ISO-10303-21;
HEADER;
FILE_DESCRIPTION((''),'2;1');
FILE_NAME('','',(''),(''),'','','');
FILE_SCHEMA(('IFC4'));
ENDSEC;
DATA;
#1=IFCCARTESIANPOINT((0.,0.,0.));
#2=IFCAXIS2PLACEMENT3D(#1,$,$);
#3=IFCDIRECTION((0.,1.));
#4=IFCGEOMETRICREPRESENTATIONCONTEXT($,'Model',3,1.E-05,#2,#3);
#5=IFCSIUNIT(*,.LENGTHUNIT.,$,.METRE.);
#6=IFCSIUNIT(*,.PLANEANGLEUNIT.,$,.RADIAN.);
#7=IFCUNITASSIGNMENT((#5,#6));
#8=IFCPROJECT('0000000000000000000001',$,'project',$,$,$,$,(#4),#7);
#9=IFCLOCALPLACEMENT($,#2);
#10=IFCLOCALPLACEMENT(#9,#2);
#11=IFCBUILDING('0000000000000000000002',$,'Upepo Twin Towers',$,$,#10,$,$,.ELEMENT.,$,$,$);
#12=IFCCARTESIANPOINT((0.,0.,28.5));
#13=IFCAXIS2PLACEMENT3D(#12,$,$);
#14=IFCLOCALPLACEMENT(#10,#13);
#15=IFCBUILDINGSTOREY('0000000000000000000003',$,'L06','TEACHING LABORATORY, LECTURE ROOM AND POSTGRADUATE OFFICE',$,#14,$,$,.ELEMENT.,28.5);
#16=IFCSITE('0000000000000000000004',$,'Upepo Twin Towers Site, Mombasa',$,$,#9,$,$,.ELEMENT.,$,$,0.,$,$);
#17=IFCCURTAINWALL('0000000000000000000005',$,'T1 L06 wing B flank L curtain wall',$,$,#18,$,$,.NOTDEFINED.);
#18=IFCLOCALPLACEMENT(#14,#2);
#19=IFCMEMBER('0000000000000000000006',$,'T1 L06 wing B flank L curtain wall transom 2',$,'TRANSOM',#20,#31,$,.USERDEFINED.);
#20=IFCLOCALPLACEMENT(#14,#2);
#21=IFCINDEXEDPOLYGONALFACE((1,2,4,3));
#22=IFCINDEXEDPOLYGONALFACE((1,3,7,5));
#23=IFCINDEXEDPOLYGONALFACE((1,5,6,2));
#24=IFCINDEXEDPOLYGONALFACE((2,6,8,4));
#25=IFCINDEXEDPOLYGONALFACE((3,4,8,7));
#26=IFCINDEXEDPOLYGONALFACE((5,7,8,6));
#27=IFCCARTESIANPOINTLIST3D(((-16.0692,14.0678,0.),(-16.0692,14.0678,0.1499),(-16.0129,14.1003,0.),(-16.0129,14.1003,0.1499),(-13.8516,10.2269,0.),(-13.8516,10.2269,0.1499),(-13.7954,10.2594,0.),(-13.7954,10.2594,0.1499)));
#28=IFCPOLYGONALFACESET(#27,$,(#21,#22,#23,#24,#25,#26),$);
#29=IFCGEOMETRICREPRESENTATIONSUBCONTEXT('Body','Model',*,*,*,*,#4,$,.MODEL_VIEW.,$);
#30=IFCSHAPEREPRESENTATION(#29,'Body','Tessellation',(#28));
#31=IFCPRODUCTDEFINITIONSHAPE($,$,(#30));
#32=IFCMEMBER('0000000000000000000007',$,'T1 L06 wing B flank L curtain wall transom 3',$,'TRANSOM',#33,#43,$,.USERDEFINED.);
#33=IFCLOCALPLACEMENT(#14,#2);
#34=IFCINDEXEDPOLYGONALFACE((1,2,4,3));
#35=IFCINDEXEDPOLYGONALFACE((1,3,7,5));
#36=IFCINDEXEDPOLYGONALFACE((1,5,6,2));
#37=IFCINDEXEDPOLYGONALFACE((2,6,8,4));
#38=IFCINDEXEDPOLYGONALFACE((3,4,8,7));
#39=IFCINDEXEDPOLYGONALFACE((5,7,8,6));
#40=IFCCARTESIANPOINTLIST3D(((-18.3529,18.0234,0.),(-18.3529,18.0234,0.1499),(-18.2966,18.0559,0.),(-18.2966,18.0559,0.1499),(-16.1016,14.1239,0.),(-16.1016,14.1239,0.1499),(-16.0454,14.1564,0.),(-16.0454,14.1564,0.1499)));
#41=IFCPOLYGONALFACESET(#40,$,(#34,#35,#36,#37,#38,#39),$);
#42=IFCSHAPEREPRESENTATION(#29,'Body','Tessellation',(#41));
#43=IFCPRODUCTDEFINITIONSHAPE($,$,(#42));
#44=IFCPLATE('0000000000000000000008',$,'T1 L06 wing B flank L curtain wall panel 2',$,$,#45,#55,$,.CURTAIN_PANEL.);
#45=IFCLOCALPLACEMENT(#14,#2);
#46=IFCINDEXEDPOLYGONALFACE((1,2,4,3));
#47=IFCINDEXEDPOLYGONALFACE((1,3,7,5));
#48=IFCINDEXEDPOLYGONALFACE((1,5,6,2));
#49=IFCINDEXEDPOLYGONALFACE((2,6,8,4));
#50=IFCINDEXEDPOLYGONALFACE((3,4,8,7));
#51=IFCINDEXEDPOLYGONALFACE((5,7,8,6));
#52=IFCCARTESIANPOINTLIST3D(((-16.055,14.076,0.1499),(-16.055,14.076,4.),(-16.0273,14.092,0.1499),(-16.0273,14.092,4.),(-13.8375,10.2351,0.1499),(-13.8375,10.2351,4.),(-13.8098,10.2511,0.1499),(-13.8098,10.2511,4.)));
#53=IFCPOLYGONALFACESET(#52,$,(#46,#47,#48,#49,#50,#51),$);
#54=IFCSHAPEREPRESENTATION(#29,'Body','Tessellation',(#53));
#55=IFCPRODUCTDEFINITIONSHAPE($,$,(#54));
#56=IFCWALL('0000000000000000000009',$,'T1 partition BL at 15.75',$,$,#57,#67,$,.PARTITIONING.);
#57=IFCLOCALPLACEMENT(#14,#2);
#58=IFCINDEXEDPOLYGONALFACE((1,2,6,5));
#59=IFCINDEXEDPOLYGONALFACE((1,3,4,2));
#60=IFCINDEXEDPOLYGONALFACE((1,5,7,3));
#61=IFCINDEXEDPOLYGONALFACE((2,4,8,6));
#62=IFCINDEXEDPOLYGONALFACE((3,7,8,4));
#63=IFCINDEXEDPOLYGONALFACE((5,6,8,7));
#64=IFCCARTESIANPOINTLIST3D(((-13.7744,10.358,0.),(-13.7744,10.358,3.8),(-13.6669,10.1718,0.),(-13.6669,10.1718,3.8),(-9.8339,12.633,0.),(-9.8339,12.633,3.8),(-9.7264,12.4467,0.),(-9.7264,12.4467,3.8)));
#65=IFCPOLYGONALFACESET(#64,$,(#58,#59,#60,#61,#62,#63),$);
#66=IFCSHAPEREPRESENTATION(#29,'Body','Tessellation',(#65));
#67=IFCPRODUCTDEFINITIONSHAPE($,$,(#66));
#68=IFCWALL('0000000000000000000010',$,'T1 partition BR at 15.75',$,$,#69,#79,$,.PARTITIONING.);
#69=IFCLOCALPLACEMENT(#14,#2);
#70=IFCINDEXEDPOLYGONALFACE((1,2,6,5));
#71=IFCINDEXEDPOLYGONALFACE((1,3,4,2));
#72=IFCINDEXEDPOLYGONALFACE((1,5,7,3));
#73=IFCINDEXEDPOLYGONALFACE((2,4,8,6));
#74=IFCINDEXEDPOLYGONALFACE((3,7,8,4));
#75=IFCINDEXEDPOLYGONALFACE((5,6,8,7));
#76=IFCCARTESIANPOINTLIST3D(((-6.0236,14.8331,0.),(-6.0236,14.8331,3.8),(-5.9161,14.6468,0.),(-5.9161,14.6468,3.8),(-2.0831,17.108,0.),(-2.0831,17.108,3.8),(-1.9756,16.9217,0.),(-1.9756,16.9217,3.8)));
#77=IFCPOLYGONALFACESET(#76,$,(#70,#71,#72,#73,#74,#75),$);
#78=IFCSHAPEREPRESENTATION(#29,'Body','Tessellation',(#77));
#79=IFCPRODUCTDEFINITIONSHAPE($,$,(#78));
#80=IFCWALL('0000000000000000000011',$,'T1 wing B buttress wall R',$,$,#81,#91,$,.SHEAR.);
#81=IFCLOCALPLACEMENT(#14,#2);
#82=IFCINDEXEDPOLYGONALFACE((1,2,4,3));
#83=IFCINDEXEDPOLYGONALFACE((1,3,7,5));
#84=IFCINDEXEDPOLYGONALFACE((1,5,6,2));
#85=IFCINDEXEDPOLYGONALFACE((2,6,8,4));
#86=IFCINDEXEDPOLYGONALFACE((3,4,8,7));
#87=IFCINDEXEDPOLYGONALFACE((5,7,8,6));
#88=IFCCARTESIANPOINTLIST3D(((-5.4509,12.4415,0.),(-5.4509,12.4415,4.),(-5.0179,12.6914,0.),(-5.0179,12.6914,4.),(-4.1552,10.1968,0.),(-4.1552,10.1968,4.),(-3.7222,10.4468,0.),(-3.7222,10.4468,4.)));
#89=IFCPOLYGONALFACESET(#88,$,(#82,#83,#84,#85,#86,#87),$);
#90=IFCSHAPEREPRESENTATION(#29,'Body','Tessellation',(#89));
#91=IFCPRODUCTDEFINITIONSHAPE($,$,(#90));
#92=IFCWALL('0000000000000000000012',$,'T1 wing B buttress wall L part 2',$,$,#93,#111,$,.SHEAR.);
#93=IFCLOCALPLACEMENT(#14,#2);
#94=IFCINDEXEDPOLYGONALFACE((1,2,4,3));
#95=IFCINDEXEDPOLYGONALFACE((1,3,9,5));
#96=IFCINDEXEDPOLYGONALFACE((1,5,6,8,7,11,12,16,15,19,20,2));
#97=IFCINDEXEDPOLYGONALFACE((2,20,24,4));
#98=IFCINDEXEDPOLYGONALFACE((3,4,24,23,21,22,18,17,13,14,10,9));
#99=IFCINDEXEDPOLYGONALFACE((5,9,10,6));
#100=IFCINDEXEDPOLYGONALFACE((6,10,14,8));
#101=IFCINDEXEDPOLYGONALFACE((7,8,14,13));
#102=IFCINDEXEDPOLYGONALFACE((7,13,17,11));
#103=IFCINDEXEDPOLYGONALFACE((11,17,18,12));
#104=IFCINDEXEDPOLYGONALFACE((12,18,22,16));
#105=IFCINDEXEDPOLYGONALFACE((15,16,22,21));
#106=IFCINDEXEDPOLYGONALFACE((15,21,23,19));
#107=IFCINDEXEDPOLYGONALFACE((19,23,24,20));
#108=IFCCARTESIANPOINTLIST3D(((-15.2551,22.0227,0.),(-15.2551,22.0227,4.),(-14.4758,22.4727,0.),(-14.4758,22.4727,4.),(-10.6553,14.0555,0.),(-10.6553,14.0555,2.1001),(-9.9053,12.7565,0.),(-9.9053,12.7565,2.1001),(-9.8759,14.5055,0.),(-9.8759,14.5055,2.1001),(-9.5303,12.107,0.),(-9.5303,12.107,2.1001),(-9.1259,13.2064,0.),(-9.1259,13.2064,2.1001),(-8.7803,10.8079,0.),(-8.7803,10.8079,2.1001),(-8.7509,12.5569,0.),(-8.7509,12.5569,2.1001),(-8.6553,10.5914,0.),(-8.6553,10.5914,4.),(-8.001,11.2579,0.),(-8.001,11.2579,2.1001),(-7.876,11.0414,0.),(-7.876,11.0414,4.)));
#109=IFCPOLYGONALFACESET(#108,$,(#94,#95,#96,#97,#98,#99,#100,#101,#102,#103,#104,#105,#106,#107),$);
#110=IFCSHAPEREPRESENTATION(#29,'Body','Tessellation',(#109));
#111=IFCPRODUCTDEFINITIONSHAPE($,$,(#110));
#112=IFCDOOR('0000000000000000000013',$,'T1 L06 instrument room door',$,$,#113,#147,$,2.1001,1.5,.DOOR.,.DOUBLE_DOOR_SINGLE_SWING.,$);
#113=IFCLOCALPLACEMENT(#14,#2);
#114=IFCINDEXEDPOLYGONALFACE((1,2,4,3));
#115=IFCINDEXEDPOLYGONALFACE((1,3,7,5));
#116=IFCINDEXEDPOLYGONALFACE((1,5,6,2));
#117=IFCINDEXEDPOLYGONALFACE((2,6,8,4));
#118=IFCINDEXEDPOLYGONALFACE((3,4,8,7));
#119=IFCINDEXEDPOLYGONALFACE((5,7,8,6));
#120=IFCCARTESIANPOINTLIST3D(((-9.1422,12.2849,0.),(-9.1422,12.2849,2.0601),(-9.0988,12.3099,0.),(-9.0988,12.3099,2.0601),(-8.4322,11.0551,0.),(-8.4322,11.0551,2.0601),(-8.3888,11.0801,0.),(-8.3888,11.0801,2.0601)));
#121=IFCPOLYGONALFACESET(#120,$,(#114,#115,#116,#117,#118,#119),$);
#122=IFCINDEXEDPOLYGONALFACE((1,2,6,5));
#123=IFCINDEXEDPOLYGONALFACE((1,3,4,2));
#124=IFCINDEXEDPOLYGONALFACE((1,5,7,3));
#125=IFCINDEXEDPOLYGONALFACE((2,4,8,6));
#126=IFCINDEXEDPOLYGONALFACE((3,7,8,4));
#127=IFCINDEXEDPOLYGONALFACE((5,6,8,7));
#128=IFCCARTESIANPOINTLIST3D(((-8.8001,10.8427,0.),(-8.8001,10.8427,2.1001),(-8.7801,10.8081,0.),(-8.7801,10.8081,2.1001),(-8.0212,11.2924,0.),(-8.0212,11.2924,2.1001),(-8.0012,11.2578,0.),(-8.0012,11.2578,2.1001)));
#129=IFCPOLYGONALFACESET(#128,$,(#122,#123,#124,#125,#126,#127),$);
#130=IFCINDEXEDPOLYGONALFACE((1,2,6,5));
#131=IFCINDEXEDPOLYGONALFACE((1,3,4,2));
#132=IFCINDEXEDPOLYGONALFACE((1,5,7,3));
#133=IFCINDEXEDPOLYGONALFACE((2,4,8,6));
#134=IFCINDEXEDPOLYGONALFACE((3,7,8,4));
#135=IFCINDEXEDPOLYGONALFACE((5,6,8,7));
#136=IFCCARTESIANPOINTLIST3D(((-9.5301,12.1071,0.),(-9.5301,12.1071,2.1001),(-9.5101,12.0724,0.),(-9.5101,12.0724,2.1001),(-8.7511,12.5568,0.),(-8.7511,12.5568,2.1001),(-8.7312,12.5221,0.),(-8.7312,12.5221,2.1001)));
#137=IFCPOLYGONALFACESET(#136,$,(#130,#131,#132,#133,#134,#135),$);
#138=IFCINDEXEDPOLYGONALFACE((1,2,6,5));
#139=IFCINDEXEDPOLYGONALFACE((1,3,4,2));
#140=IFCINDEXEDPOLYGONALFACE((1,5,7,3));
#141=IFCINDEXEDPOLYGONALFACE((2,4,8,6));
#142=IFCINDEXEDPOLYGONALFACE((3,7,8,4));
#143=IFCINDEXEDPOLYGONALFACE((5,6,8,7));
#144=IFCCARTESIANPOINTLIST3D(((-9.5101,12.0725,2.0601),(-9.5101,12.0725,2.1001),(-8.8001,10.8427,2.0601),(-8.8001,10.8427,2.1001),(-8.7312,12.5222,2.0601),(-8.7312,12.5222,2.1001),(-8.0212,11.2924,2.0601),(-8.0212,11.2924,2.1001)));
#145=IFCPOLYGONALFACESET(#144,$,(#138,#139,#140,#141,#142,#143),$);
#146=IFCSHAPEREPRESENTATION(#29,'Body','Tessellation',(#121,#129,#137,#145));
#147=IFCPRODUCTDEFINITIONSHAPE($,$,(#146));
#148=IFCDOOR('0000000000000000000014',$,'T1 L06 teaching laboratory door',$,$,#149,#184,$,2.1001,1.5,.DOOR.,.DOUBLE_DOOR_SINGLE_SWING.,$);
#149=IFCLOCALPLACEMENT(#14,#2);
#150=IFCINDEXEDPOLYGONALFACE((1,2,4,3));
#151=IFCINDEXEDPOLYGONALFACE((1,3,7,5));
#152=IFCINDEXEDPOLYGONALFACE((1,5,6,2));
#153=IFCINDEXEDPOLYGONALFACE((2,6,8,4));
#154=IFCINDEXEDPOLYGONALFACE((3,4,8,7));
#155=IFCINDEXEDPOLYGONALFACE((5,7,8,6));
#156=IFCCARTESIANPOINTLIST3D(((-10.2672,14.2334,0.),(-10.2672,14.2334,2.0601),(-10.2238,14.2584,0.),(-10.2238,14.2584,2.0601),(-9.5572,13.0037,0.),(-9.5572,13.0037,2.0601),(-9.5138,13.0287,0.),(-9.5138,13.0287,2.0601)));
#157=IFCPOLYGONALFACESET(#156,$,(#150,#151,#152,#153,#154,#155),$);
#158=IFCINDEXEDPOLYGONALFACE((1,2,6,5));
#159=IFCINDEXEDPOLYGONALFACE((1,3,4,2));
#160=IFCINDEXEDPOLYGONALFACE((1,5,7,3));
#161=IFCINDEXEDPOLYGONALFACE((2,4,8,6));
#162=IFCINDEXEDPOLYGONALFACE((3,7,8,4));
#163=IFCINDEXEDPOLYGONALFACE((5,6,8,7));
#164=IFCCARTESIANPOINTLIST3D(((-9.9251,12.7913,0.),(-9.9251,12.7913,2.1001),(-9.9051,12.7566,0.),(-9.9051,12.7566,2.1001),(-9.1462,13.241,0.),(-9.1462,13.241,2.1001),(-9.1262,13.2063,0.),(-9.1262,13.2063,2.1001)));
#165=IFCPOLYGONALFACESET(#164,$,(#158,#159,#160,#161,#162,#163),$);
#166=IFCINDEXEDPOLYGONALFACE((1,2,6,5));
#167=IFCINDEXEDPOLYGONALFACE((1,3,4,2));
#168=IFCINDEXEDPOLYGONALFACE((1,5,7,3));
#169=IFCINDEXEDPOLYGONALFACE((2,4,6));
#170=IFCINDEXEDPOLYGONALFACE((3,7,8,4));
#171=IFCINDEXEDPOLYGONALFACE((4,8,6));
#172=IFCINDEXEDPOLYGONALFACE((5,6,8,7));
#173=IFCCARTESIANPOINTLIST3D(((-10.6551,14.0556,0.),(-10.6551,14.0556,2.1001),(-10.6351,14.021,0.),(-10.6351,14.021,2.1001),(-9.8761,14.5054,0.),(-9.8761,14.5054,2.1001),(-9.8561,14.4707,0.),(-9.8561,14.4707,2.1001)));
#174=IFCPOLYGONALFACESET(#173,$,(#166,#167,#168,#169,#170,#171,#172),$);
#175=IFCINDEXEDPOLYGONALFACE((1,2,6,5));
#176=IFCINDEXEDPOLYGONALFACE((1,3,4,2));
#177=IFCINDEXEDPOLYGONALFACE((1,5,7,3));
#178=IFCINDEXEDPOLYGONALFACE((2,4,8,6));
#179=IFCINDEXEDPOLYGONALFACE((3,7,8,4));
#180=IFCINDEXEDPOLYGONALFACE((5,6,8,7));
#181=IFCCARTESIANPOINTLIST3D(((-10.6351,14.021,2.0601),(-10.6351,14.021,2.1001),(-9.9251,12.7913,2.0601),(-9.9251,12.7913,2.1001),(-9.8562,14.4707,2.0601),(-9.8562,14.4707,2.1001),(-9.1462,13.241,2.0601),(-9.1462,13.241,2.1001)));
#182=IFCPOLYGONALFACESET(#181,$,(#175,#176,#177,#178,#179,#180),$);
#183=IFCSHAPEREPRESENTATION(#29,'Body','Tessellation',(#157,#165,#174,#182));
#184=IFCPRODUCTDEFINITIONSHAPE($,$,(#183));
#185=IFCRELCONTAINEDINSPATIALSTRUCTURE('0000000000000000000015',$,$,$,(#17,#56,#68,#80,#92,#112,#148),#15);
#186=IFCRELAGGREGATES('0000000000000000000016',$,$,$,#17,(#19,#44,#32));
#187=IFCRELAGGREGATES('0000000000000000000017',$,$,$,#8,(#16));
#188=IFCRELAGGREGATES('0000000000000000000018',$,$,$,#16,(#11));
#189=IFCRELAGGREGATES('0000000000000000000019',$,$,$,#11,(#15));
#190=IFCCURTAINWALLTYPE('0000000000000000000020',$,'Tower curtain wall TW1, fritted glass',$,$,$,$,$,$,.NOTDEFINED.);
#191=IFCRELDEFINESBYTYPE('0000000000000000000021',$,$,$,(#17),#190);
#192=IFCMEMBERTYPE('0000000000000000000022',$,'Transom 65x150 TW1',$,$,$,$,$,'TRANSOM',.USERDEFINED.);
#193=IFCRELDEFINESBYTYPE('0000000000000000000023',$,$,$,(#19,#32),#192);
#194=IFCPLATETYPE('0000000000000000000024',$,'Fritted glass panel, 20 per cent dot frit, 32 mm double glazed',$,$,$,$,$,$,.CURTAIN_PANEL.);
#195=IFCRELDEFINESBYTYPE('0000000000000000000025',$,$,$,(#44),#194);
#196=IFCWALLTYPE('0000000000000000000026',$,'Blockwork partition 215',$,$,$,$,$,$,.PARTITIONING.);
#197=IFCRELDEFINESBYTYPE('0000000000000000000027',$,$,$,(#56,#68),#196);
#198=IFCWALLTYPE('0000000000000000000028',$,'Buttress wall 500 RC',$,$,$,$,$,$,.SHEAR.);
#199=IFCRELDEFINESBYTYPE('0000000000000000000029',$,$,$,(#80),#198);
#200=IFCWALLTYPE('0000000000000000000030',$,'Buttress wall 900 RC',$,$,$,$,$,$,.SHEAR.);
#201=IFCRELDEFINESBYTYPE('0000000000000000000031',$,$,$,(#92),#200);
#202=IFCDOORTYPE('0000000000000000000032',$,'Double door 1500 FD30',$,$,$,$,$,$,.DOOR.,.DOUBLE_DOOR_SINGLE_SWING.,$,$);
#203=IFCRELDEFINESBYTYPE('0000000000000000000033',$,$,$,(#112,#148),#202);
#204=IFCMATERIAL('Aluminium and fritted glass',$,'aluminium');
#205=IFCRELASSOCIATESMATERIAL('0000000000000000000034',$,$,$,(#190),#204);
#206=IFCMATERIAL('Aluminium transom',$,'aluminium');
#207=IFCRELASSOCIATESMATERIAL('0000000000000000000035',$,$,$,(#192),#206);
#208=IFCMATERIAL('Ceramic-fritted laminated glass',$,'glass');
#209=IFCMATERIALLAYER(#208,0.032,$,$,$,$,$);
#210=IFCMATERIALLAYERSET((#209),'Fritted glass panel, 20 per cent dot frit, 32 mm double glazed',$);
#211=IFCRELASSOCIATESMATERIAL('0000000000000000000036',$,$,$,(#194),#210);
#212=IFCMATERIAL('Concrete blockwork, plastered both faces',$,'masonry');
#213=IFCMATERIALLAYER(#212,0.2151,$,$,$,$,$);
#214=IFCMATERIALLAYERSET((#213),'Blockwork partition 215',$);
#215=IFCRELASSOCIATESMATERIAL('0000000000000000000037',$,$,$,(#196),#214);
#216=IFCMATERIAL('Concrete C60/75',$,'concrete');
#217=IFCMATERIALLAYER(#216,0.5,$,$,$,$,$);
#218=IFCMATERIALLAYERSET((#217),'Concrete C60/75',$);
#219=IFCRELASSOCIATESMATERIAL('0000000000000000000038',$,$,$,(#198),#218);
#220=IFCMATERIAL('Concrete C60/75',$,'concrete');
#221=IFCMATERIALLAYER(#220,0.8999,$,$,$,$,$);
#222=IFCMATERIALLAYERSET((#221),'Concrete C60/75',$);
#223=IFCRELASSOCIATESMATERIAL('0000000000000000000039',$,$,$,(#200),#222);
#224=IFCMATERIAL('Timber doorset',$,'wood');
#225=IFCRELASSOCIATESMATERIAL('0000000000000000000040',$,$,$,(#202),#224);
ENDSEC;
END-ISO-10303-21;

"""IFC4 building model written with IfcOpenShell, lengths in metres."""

from ifc_helpers import new_model, si_unit, direction, frame, frame_2d, origin, origin_2d, place, context, subcontext, project, spatial, rectangle, extrude, material, layer, layer_set, material_profile, profile_set, type_object, element, fill, aggregate, save


model = new_model("IFC4")

# Units and contexts
model_context = context("Model", 3, precision=1e-05, world=origin(), true_north=direction((0.0, 1.0)))
body_context = subcontext(model_context, "Body", "Model", "MODEL_VIEW")
ifc_project = project(units=[si_unit("LENGTHUNIT", "METRE"), si_unit("PLANEANGLEUNIT", "RADIAN")], contexts=[model_context])

# Site, building, storey
site_placement = place(None, origin())
site = spatial("IfcSite", under=ifc_project, at=site_placement, Name="Upepo Twin Towers Site, Mombasa", CompositionType="ELEMENT", RefElevation=0.0)
building_placement = place(site_placement, origin())
building = spatial("IfcBuilding", under=site, at=building_placement, Name="Upepo Twin Towers", CompositionType="ELEMENT")
storey_placement = place(building_placement, frame((0.0, 0.0, 28.5)))
storey = spatial("IfcBuildingStorey", under=building, at=storey_placement, Name="L06", Description="TEACHING LABORATORY, LECTURE ROOM AND POSTGRADUATE OFFICE", CompositionType="ELEMENT", Elevation=28.5)

# Curtain wall, members, plate
ifc_material_1 = material(Name="Aluminium and fritted glass", Category="aluminium")
curtain_wall_type = type_object("IfcCurtainWallType", Name="Tower curtain wall TW1, fritted glass", PredefinedType="NOTDEFINED", material=ifc_material_1)
curtain_wall_placement = place(storey_placement, origin())
curtain_wall = element("IfcCurtainWall", 1, at=curtain_wall_placement, inside=storey, type_object=curtain_wall_type, Name="T1 L06 wing B flank L curtain wall", PredefinedType="NOTDEFINED")
ifc_material_2 = material(Name="Aluminium transom", Category="aluminium")
ifc_material_profile_1 = material_profile(ifc_material_2, rectangle(XDim=0.0649, YDim=0.1499, at=origin_2d()), Name="TRANSOM 65x150")
ifc_profile_set_1 = profile_set([ifc_material_profile_1], Name="Aluminium transom")
member_type_1 = type_object("IfcMemberType", Name="Transom 65x150 TW1", ElementType="TRANSOM", PredefinedType="USERDEFINED", material=ifc_profile_set_1)
member_1_placement = place(storey_placement, frame((-13.8235, 10.2432, 0.075), z_axis=(-0.500005, 0.866022, 0.0), x_axis=(-0.866022, -0.500005, 0.0)))
member_1 = element("IfcMember", 2, at=member_1_placement, type_object=member_type_1, Name="T1 L06 wing B flank L curtain wall transom 2", ObjectType="TRANSOM", PredefinedType="USERDEFINED", context=body_context, shape_type="SweptSolid", body=[
    extrude(rectangle(XDim=0.0649, YDim=0.1499, at=origin_2d()), origin(), (0.0, 0.0, 1.0), 4.4351),
])
member_2_placement = place(storey_placement, frame((-16.0735, 14.1401, 0.075), z_axis=(-0.499982, 0.866036, 0.0), x_axis=(-0.866036, -0.499982, 0.0)))
member_2 = element("IfcMember", 3, at=member_2_placement, type_object=member_type_1, Name="T1 L06 wing B flank L curtain wall transom 3", ObjectType="TRANSOM", PredefinedType="USERDEFINED", context=body_context, shape_type="SweptSolid", body=[
    extrude(rectangle(XDim=0.0649, YDim=0.1499, at=origin_2d()), origin(), (0.0, 0.0, 1.0), 4.5027),
])
ifc_material_3 = material(Name="Ceramic-fritted laminated glass", Category="glass")
ifc_layer_1 = layer(ifc_material_3, 0.032)
ifc_layer_set_1 = layer_set([ifc_layer_1], Name="Fritted glass panel, 20 per cent dot frit, 32 mm double glazed")
plate_type = type_object("IfcPlateType", Name="Fritted glass panel, 20 per cent dot frit, 32 mm double glazed", PredefinedType="CURTAIN_PANEL", material=ifc_layer_set_1)
plate_placement = place(storey_placement, frame((-14.9324, 12.1636, 0.1499), z_axis=(0.0, 0.0, 1.0), x_axis=(-0.5, 0.866025, 0.0)))
plate = element("IfcPlate", 4, at=plate_placement, type_object=plate_type, Name="T1 L06 wing B flank L curtain wall panel 2", PredefinedType="CURTAIN_PANEL", context=body_context, shape_type="SweptSolid", body=[
    extrude(rectangle(XDim=4.4351, YDim=0.032, at=origin_2d()), origin(), (0.0, 0.0, 1.0), 3.8501),
])
aggregate(curtain_wall, [member_1, plate, member_2])

# Walls
ifc_material_4 = material(Name="Concrete blockwork, plastered both faces", Category="masonry")
ifc_layer_2 = layer(ifc_material_4, 0.2151)
ifc_layer_set_2 = layer_set([ifc_layer_2], Name="Blockwork partition 215")
wall_type_1 = type_object("IfcWallType", Name="Blockwork partition 215", PredefinedType="PARTITIONING", material=ifc_layer_set_2)
for number, where, z_axis, x_axis, name in (
    (5, (-9.7803, 12.5398, 0.0), (0.0, 0.0, 1.0), (-0.866035, -0.499983, 0.0), "T1 partition BL at 15.75"),
    (6, (-5.9697, 14.74, 0.0), (0.0, 0.0, 1.0), (0.866035, 0.499983, 0.0), "T1 partition BR at 15.75"),
):
    element("IfcWall", number, at=place(storey_placement, frame(where, z_axis=z_axis, x_axis=x_axis)), inside=storey, type_object=wall_type_1, Name=name, PredefinedType="PARTITIONING", context=body_context, shape_type="SweptSolid", body=[
        extrude(rectangle(XDim=4.55, YDim=0.2151, at=frame_2d((2.2749, 0.0))), origin(), (0.0, 0.0, 1.0), 3.8),
    ])
ifc_material_5 = material(Name="Concrete C60/75", Category="concrete")
ifc_layer_3 = layer(ifc_material_5, 0.5)
ifc_layer_set_3 = layer_set([ifc_layer_3], Name="Concrete C60/75")
wall_type_2 = type_object("IfcWallType", Name="Buttress wall 500 RC", PredefinedType="SHEAR", material=ifc_layer_set_3)
wall_1_placement = place(storey_placement, frame((-3.9387, 10.3218, 0.0), z_axis=(0.0, 0.0, 1.0), x_axis=(-0.499918, 0.866073, 0.0)))
element("IfcWall", 7, at=wall_1_placement, inside=storey, type_object=wall_type_2, Name="T1 wing B buttress wall R", PredefinedType="SHEAR", context=body_context, shape_type="SweptSolid", body=[
    extrude(rectangle(XDim=2.5918, YDim=0.5, at=frame_2d((1.2959, 0.0))), origin(), (0.0, 0.0, 1.0), 4.0),
])

# Wall, openings, doors
ifc_material_6 = material(Name="Concrete C60/75", Category="concrete")
ifc_layer_4 = layer(ifc_material_6, 0.8999)
ifc_layer_set_4 = layer_set([ifc_layer_4], Name="Concrete C60/75")
wall_type_3 = type_object("IfcWallType", Name="Buttress wall 900 RC", PredefinedType="SHEAR", material=ifc_layer_set_4)
wall_2_placement = place(storey_placement, frame((-8.2656, 10.8164, 0.0), z_axis=(0.0, 0.0, 1.0), x_axis=(-0.499996, 0.866028, 0.0)))
wall_2 = element("IfcWall", 8, at=wall_2_placement, inside=storey, type_object=wall_type_3, Name="T1 wing B buttress wall L part 2", PredefinedType="SHEAR", context=body_context, shape_type="SweptSolid", body=[
    extrude(rectangle(XDim=13.1997, YDim=0.8999, at=frame_2d((6.5999, 0.0))), origin(), (0.0, 0.0, 1.0), 4.0),
])
opening_1_placement = place(wall_2_placement, frame((0.25, 0.0, 0.0)))
opening_1 = element("IfcOpeningElement", 9, at=opening_1_placement, cuts=wall_2, PredefinedType="OPENING", context=body_context, shape_type="SweptSolid", body=[
    extrude(rectangle(XDim=1.5, YDim=2.1001, at=frame_2d((0.75, 1.05))), frame((0.0, 0.46, 0.0), z_axis=(0.0, -1.0, 0.0), x_axis=(1.0, 0.0, 0.0)), (0.0, 0.0, 1.0), 0.9199),
])
opening_2_placement = place(wall_2_placement, frame((2.5, 0.0, 0.0)))
opening_2 = element("IfcOpeningElement", 10, at=opening_2_placement, cuts=wall_2, PredefinedType="OPENING", context=body_context, shape_type="SweptSolid", body=[
    extrude(rectangle(XDim=1.5, YDim=2.1001, at=frame_2d((0.75, 1.05))), frame((0.0, 0.46, 0.0), z_axis=(0.0, -1.0, 0.0), x_axis=(1.0, 0.0, 0.0)), (0.0, 0.0, 1.0), 0.9199),
])
ifc_material_7 = material(Name="Timber doorset", Category="wood")
door_type_1 = type_object("IfcDoorType", Name="Double door 1500 FD30", OperationType="DOUBLE_DOOR_SINGLE_SWING", PredefinedType="DOOR", material=ifc_material_7)
door_1_placement = place(opening_1_placement, origin())
door_1 = element("IfcDoor", 11, at=door_1_placement, inside=storey, type_object=door_type_1, Name="T1 L06 instrument room door", OperationType="DOUBLE_DOOR_SINGLE_SWING", OverallHeight=2.1001, OverallWidth=1.5, PredefinedType="DOOR", context=body_context, shape_type="SweptSolid", body=[
    extrude(rectangle(XDim=1.42, YDim=2.0601, at=frame_2d((0.75, 1.03))), frame((0.0, 0.0249, 0.0), z_axis=(0.0, -1.0, 0.0), x_axis=(1.0, 0.0, 0.0)), (0.0, 0.0, 1.0), 0.05),
    extrude(rectangle(XDim=0.04, YDim=2.1001, at=frame_2d((0.02, 1.05))), frame((0.0, 0.4497, 0.0), z_axis=(0.0, -1.0, 0.0), x_axis=(1.0, 0.0, 0.0)), (0.0, 0.0, 1.0), 0.8994),
    extrude(rectangle(XDim=0.04, YDim=2.1001, at=frame_2d((1.48, 1.05))), frame((0.0, 0.4497, 0.0), z_axis=(0.0, -1.0, 0.0), x_axis=(1.0, 0.0, 0.0)), (0.0, 0.0, 1.0), 0.8994),
    extrude(rectangle(XDim=1.42, YDim=0.04, at=frame_2d((0.75, 2.0801))), frame((0.0, 0.4497, 0.0), z_axis=(0.0, -1.0, 0.0), x_axis=(1.0, 0.0, 0.0)), (0.0, 0.0, 1.0), 0.8994),
])
fill(opening_1, door_1)
door_2_placement = place(opening_2_placement, origin())
door_2 = element("IfcDoor", 12, at=door_2_placement, inside=storey, type_object=door_type_1, Name="T1 L06 teaching laboratory door", OperationType="DOUBLE_DOOR_SINGLE_SWING", OverallHeight=2.1001, OverallWidth=1.5, PredefinedType="DOOR", context=body_context, shape_type="SweptSolid", body=[
    extrude(rectangle(XDim=1.42, YDim=2.0601, at=frame_2d((0.75, 1.03))), frame((0.0, 0.0249, 0.0), z_axis=(0.0, -1.0, 0.0), x_axis=(1.0, 0.0, 0.0)), (0.0, 0.0, 1.0), 0.05),
    extrude(rectangle(XDim=0.04, YDim=2.1001, at=frame_2d((0.02, 1.05))), frame((0.0, 0.4497, 0.0), z_axis=(0.0, -1.0, 0.0), x_axis=(1.0, 0.0, 0.0)), (0.0, 0.0, 1.0), 0.8994),
    extrude(rectangle(XDim=0.04, YDim=2.1001, at=frame_2d((1.48, 1.05))), frame((0.0, 0.4497, 0.0), z_axis=(0.0, -1.0, 0.0), x_axis=(1.0, 0.0, 0.0)), (0.0, 0.0, 1.0), 0.8994),
    extrude(rectangle(XDim=1.42, YDim=0.04, at=frame_2d((0.75, 2.0801))), frame((0.0, 0.4497, 0.0), z_axis=(0.0, -1.0, 0.0), x_axis=(1.0, 0.0, 0.0)), (0.0, 0.0, 1.0), 0.8994),
])
fill(opening_2, door_2)

save(model, "model.ifc")
